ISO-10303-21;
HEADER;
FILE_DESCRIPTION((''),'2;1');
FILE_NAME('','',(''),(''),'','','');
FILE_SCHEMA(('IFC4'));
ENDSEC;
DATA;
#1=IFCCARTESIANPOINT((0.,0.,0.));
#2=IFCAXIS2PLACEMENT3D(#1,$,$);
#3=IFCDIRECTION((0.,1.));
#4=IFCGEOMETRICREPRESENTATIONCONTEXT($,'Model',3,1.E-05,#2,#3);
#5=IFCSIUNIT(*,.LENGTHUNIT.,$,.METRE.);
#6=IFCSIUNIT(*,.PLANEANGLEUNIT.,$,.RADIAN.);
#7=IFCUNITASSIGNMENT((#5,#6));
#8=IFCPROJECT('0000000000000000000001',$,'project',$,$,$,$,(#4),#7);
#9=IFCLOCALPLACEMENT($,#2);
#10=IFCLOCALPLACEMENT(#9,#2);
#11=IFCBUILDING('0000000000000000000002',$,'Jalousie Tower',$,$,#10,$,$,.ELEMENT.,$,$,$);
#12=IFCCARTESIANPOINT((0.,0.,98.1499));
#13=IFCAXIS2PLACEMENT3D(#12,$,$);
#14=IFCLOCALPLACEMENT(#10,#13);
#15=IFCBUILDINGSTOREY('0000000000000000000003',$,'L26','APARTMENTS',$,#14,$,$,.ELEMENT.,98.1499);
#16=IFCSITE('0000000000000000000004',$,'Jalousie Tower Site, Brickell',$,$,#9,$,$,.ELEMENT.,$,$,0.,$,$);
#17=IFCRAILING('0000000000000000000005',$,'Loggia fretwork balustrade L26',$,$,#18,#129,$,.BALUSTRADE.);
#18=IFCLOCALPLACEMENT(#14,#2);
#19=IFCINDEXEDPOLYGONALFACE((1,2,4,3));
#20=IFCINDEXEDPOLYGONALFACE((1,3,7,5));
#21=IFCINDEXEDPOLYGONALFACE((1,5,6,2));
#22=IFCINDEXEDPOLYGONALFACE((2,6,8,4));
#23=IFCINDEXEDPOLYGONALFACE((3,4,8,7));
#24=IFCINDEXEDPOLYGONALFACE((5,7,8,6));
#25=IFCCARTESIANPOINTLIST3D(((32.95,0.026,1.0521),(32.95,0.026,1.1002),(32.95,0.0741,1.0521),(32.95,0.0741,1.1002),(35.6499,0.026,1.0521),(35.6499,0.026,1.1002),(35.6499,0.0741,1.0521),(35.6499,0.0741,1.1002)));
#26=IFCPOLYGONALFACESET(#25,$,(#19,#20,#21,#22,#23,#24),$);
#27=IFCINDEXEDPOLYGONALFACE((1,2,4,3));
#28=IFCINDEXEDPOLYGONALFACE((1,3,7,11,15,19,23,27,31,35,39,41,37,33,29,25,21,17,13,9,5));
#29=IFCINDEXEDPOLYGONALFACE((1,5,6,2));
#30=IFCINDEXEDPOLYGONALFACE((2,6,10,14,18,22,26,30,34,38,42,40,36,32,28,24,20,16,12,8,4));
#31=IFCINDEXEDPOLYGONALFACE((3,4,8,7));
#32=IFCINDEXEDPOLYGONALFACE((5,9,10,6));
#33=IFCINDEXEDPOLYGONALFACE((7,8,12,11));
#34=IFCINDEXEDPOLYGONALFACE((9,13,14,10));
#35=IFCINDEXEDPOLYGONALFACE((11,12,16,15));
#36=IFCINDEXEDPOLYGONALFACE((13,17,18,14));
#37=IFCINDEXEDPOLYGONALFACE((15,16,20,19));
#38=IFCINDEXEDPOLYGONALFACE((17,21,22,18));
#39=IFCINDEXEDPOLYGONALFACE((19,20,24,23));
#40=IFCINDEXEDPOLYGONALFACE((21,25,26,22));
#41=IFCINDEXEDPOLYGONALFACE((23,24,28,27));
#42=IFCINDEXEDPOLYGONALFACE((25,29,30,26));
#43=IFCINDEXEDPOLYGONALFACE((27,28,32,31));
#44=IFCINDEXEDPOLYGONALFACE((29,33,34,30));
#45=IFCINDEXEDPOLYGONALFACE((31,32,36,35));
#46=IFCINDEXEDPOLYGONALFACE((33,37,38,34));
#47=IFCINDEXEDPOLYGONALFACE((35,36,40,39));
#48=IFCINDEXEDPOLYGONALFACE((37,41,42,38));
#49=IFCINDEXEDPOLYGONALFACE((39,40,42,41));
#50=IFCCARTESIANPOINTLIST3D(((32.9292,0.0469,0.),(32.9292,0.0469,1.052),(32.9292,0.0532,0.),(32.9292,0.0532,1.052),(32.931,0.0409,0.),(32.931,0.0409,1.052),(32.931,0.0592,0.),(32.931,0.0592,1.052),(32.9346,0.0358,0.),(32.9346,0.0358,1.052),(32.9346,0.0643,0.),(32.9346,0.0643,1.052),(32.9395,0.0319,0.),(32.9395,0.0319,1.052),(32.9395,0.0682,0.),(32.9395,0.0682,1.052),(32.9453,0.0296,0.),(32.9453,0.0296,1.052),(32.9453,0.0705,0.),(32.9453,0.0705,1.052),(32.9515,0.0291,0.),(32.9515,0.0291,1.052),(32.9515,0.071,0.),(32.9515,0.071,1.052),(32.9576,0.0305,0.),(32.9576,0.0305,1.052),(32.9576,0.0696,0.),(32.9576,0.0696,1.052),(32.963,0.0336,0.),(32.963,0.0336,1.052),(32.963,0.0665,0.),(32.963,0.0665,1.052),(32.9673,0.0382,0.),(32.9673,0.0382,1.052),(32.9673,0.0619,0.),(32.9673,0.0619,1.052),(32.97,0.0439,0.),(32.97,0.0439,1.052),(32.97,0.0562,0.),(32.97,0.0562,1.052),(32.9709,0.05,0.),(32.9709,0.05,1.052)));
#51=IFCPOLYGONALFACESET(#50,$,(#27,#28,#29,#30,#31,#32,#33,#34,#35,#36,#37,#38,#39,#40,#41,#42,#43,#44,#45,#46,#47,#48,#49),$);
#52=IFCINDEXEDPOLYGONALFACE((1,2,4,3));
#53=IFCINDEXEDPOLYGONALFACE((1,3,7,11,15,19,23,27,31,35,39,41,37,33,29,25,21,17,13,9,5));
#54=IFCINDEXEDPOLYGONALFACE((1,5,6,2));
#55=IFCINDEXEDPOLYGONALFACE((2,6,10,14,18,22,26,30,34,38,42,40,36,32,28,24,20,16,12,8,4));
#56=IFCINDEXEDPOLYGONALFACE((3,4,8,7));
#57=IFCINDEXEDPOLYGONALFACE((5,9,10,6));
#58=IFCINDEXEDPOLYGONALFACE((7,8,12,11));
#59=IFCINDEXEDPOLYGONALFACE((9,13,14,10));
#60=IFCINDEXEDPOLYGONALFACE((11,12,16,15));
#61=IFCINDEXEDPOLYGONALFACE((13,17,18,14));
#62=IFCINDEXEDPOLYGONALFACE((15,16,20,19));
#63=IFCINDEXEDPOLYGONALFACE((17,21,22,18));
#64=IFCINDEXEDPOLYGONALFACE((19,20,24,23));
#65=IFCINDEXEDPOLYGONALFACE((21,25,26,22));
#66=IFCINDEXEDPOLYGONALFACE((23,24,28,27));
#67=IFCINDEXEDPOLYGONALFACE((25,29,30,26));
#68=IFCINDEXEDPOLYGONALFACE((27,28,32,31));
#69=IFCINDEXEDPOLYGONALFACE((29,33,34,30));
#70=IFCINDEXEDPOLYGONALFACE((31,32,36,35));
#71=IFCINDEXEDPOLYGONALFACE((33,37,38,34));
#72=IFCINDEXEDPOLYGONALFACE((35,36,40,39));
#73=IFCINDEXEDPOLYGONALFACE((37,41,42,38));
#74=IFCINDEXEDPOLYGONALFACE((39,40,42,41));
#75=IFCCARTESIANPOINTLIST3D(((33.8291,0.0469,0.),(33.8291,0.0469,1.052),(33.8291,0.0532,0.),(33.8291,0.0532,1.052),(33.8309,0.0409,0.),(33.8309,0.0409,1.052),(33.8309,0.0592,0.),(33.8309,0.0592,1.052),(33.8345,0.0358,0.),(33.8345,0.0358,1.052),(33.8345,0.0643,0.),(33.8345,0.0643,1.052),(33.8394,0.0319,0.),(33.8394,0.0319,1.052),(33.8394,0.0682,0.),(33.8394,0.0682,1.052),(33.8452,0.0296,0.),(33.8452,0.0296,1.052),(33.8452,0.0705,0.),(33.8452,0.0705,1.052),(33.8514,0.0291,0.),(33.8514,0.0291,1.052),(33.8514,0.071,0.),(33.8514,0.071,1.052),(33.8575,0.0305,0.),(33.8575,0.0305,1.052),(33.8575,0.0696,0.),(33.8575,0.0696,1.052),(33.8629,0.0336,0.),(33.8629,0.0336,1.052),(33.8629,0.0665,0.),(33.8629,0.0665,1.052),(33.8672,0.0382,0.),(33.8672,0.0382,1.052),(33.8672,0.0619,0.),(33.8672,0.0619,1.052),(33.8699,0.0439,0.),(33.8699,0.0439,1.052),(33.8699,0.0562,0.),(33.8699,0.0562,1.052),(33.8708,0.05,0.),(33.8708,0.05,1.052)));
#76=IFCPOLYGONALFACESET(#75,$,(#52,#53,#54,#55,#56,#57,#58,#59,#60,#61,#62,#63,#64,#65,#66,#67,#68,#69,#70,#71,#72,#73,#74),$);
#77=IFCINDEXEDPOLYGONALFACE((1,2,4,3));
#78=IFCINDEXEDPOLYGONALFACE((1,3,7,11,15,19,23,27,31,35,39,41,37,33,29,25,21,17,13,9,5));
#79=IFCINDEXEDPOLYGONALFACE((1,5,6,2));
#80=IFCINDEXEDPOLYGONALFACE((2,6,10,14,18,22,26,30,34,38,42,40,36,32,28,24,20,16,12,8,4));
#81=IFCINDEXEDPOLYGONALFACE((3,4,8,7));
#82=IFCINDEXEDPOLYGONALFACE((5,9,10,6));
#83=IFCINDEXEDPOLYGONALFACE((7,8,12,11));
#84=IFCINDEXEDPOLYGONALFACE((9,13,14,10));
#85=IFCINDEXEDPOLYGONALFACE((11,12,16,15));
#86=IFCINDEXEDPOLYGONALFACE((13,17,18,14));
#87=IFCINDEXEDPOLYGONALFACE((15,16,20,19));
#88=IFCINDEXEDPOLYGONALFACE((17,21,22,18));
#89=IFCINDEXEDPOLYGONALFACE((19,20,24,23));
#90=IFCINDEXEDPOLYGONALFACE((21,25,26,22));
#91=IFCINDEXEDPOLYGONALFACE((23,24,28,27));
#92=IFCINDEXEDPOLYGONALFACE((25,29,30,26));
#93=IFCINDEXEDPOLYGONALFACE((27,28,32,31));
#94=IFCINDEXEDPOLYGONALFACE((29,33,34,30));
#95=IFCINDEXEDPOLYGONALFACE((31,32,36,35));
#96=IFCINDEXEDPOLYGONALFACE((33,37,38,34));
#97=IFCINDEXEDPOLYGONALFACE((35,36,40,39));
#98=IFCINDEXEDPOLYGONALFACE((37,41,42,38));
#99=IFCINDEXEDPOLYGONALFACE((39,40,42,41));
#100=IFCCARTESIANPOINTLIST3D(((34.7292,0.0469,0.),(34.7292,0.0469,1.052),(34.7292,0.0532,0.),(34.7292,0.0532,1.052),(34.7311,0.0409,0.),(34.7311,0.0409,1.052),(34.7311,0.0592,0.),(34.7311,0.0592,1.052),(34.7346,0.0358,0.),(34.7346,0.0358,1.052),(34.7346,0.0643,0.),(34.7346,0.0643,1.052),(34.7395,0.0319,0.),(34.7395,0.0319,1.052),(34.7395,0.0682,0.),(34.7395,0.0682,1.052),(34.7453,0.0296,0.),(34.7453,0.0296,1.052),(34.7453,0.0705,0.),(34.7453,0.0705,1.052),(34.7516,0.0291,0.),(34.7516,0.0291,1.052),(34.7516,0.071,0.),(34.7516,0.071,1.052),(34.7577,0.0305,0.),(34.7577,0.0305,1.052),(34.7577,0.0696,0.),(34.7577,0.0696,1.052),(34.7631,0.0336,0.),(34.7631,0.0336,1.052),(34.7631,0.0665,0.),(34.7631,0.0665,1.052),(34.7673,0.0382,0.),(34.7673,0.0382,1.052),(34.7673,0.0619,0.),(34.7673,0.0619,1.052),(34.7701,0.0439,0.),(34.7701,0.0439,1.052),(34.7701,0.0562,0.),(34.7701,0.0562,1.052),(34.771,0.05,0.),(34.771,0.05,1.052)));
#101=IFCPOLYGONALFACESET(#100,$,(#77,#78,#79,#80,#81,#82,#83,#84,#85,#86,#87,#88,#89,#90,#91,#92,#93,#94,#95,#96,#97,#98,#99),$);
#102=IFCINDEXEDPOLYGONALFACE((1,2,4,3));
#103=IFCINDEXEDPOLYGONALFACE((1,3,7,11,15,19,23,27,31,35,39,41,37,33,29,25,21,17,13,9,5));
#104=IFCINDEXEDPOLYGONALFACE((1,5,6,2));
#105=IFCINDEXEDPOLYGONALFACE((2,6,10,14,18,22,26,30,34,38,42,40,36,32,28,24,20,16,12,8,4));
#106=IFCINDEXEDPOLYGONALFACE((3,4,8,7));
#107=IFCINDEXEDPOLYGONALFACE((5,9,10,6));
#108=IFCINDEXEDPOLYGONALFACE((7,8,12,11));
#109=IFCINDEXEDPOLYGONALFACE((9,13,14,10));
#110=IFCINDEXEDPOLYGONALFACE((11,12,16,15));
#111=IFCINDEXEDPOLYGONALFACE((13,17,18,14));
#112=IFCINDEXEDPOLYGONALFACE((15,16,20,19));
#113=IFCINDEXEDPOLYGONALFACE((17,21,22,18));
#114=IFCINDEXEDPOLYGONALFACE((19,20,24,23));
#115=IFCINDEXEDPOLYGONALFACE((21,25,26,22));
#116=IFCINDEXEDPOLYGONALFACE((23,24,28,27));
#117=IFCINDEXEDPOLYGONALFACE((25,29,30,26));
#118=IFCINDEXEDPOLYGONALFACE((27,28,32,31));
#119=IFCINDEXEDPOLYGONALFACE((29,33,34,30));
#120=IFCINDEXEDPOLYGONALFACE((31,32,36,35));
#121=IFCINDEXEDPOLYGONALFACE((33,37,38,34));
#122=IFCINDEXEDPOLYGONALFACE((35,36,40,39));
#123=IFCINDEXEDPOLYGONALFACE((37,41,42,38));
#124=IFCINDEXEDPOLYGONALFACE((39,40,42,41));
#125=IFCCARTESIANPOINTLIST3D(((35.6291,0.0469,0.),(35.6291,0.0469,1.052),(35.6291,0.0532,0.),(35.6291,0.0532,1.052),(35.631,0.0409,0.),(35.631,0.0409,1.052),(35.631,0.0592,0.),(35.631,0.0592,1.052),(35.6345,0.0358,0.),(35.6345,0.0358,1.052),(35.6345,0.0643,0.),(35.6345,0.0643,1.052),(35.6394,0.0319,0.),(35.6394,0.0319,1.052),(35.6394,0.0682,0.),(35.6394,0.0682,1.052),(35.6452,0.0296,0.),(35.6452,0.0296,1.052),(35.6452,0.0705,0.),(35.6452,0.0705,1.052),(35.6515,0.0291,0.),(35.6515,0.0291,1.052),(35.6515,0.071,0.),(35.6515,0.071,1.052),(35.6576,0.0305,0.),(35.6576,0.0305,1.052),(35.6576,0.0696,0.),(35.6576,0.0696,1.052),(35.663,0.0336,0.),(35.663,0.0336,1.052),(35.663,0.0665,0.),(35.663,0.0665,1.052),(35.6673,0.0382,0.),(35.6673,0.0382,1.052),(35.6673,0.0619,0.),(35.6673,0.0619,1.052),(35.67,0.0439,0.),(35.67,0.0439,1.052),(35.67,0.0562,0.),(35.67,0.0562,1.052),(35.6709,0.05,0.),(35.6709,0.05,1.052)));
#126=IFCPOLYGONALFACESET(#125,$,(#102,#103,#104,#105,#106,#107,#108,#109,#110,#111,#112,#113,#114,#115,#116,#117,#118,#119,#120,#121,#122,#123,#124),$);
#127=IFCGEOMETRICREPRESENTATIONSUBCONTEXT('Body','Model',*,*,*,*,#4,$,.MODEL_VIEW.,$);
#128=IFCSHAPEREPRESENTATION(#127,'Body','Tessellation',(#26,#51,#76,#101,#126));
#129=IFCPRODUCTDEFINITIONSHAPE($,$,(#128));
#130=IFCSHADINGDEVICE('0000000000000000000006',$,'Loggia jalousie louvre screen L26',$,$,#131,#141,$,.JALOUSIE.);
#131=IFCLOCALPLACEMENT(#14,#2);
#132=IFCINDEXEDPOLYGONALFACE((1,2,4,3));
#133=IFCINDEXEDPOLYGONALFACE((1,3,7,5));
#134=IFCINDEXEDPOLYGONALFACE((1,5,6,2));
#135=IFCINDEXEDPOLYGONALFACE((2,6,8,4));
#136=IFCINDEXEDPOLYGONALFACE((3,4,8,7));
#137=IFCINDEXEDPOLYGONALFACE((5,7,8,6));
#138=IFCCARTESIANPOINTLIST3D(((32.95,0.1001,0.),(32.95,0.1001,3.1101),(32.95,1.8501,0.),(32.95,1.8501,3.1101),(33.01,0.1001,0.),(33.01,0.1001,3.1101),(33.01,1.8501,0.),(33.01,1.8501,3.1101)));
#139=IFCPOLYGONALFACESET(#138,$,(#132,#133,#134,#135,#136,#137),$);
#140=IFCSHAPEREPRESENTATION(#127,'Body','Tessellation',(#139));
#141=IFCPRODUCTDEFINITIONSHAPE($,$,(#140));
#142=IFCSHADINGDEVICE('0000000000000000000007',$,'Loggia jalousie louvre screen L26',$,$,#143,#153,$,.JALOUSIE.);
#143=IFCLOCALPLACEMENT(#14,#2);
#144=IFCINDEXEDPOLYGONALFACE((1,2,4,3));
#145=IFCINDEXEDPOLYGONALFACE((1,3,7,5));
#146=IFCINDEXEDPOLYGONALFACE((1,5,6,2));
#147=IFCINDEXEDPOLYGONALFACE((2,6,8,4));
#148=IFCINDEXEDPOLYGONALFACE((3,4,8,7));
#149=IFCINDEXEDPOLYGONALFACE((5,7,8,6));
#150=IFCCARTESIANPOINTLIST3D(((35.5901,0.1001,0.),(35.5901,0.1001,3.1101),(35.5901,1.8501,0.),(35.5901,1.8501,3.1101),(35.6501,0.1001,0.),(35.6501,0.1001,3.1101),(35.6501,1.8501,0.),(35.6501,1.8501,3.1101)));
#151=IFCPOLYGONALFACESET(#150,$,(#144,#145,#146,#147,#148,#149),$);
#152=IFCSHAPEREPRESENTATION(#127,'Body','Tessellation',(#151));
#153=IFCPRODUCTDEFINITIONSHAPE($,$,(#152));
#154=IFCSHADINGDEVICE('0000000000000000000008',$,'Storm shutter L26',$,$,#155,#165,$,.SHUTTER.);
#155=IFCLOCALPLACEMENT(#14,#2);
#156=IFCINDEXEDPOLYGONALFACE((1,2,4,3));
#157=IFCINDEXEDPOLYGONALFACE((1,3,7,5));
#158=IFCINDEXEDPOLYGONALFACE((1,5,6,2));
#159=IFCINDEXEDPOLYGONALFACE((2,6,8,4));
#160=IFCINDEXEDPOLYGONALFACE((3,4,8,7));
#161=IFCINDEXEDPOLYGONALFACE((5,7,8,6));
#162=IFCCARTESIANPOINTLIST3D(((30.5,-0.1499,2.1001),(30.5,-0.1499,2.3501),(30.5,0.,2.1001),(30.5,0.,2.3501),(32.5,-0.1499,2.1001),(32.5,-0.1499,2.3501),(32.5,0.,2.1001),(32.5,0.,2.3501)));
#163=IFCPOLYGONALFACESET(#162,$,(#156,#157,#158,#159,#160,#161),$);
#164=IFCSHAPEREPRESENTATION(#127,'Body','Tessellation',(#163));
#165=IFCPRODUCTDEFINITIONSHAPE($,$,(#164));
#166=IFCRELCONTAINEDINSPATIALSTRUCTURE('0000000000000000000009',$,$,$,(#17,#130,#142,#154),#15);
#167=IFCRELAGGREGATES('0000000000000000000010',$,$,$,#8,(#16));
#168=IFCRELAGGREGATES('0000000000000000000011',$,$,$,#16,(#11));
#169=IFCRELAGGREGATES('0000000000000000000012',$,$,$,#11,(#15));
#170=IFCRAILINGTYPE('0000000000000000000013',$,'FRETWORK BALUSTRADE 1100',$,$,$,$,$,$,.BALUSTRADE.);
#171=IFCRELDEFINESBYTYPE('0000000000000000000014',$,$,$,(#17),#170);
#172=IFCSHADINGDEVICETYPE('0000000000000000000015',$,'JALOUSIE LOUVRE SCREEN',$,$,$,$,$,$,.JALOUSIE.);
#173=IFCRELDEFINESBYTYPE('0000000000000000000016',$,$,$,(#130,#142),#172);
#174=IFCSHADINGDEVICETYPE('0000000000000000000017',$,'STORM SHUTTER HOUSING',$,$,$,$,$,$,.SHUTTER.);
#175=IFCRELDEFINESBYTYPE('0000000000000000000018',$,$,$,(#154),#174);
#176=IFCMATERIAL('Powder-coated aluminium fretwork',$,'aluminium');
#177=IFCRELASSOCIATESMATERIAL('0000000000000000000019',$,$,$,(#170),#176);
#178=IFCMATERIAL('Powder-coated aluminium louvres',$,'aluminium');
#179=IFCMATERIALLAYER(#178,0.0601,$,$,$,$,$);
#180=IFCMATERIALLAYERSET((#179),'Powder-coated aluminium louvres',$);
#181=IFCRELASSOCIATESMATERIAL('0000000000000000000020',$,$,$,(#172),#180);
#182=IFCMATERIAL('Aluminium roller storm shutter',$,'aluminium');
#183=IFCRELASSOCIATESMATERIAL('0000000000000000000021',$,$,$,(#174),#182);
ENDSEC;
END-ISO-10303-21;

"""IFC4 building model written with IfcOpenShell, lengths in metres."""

from ifc_helpers import new_model, si_unit, direction, frame, origin, origin_2d, place, context, subcontext, project, spatial, rectangle, circle, extrude, material, layer, layer_set, type_object, element, save


model = new_model("IFC4")

# Units and contexts
model_context = context("Model", 3, precision=1e-05, world=origin(), true_north=direction((0.0, 1.0)))
body_context = subcontext(model_context, "Body", "Model", "MODEL_VIEW")
ifc_project = project(units=[si_unit("LENGTHUNIT", "METRE"), si_unit("PLANEANGLEUNIT", "RADIAN")], contexts=[model_context])

# Site, building, storey
site_placement = place(None, origin())
site = spatial("IfcSite", under=ifc_project, at=site_placement, Name="Jalousie Tower Site, Brickell", CompositionType="ELEMENT", RefElevation=0.0)
building_placement = place(site_placement, origin())
building = spatial("IfcBuilding", under=site, at=building_placement, Name="Jalousie Tower", CompositionType="ELEMENT")
storey_placement = place(building_placement, frame((0.0, 0.0, 98.1499)))
storey = spatial("IfcBuildingStorey", under=building, at=storey_placement, Name="L26", Description="APARTMENTS", CompositionType="ELEMENT", Elevation=98.1499)

# Railing
ifc_material_1 = material(Name="Powder-coated aluminium fretwork", Category="aluminium")
railing_type = type_object("IfcRailingType", Name="FRETWORK BALUSTRADE 1100", PredefinedType="BALUSTRADE", material=ifc_material_1)
railing_placement = place(storey_placement, frame((32.95, 0.05, 0.0)))
element("IfcRailing", 1, at=railing_placement, inside=storey, type_object=railing_type, Name="Loggia fretwork balustrade L26", PredefinedType="BALUSTRADE", context=body_context, shape_type="SweptSolid", body=[
    extrude(rectangle(XDim=0.0481, YDim=0.0481, at=origin_2d()), frame((0.0, 0.0, 1.0762), z_axis=(1.0, 0.0, 0.0), x_axis=(0.0, 1.0, 0.0)), (0.0, 0.0, 1.0), 2.7),
    extrude(circle(Radius=0.021, at=origin_2d()), origin(), (0.0, 0.0, 1.0), 1.052),
    extrude(circle(Radius=0.021, at=origin_2d()), frame((0.8999, 0.0, 0.0)), (0.0, 0.0, 1.0), 1.052),
    extrude(circle(Radius=0.021, at=origin_2d()), frame((1.8, 0.0, 0.0)), (0.0, 0.0, 1.0), 1.052),
    extrude(circle(Radius=0.021, at=origin_2d()), frame((2.7, 0.0, 0.0)), (0.0, 0.0, 1.0), 1.052),
])

# Shading devices
ifc_material_2 = material(Name="Powder-coated aluminium louvres", Category="aluminium")
ifc_layer_1 = layer(ifc_material_2, 0.0601)
ifc_layer_set_1 = layer_set([ifc_layer_1], Name="Powder-coated aluminium louvres")
shading_device_type_1 = type_object("IfcShadingDeviceType", Name="JALOUSIE LOUVRE SCREEN", PredefinedType="JALOUSIE", material=ifc_layer_set_1)
for number, where, z_axis, x_axis, name in (
    (2, (32.98, 0.9751, 0.0), (0.0, 0.0, 1.0), (1.0, 0.0, 0.0), "Loggia jalousie louvre screen L26"),
    (3, (35.6201, 0.9751, 0.0), (0.0, 0.0, 1.0), (1.0, 0.0, 0.0), "Loggia jalousie louvre screen L26"),
):
    element("IfcShadingDevice", number, at=place(storey_placement, frame(where, z_axis=z_axis, x_axis=x_axis)), inside=storey, type_object=shading_device_type_1, Name=name, PredefinedType="JALOUSIE", context=body_context, shape_type="SweptSolid", body=[
        extrude(rectangle(XDim=0.0601, YDim=1.75, at=origin_2d()), origin(), (0.0, 0.0, 1.0), 3.1101),
    ])
ifc_material_3 = material(Name="Aluminium roller storm shutter", Category="aluminium")
shading_device_type_2 = type_object("IfcShadingDeviceType", Name="STORM SHUTTER HOUSING", PredefinedType="SHUTTER", material=ifc_material_3)
shading_device_placement = place(storey_placement, frame((31.5, -0.075, 2.1001), z_axis=(0.0, 0.0, 1.0), x_axis=(1.0, 0.0, 0.0)))
element("IfcShadingDevice", 4, at=shading_device_placement, inside=storey, type_object=shading_device_type_2, Name="Storm shutter L26", PredefinedType="SHUTTER", context=body_context, shape_type="SweptSolid", body=[
    extrude(rectangle(XDim=2.0, YDim=0.1499, at=origin_2d()), origin(), (0.0, 0.0, 1.0), 0.25),
])

save(model, "model.ifc")
